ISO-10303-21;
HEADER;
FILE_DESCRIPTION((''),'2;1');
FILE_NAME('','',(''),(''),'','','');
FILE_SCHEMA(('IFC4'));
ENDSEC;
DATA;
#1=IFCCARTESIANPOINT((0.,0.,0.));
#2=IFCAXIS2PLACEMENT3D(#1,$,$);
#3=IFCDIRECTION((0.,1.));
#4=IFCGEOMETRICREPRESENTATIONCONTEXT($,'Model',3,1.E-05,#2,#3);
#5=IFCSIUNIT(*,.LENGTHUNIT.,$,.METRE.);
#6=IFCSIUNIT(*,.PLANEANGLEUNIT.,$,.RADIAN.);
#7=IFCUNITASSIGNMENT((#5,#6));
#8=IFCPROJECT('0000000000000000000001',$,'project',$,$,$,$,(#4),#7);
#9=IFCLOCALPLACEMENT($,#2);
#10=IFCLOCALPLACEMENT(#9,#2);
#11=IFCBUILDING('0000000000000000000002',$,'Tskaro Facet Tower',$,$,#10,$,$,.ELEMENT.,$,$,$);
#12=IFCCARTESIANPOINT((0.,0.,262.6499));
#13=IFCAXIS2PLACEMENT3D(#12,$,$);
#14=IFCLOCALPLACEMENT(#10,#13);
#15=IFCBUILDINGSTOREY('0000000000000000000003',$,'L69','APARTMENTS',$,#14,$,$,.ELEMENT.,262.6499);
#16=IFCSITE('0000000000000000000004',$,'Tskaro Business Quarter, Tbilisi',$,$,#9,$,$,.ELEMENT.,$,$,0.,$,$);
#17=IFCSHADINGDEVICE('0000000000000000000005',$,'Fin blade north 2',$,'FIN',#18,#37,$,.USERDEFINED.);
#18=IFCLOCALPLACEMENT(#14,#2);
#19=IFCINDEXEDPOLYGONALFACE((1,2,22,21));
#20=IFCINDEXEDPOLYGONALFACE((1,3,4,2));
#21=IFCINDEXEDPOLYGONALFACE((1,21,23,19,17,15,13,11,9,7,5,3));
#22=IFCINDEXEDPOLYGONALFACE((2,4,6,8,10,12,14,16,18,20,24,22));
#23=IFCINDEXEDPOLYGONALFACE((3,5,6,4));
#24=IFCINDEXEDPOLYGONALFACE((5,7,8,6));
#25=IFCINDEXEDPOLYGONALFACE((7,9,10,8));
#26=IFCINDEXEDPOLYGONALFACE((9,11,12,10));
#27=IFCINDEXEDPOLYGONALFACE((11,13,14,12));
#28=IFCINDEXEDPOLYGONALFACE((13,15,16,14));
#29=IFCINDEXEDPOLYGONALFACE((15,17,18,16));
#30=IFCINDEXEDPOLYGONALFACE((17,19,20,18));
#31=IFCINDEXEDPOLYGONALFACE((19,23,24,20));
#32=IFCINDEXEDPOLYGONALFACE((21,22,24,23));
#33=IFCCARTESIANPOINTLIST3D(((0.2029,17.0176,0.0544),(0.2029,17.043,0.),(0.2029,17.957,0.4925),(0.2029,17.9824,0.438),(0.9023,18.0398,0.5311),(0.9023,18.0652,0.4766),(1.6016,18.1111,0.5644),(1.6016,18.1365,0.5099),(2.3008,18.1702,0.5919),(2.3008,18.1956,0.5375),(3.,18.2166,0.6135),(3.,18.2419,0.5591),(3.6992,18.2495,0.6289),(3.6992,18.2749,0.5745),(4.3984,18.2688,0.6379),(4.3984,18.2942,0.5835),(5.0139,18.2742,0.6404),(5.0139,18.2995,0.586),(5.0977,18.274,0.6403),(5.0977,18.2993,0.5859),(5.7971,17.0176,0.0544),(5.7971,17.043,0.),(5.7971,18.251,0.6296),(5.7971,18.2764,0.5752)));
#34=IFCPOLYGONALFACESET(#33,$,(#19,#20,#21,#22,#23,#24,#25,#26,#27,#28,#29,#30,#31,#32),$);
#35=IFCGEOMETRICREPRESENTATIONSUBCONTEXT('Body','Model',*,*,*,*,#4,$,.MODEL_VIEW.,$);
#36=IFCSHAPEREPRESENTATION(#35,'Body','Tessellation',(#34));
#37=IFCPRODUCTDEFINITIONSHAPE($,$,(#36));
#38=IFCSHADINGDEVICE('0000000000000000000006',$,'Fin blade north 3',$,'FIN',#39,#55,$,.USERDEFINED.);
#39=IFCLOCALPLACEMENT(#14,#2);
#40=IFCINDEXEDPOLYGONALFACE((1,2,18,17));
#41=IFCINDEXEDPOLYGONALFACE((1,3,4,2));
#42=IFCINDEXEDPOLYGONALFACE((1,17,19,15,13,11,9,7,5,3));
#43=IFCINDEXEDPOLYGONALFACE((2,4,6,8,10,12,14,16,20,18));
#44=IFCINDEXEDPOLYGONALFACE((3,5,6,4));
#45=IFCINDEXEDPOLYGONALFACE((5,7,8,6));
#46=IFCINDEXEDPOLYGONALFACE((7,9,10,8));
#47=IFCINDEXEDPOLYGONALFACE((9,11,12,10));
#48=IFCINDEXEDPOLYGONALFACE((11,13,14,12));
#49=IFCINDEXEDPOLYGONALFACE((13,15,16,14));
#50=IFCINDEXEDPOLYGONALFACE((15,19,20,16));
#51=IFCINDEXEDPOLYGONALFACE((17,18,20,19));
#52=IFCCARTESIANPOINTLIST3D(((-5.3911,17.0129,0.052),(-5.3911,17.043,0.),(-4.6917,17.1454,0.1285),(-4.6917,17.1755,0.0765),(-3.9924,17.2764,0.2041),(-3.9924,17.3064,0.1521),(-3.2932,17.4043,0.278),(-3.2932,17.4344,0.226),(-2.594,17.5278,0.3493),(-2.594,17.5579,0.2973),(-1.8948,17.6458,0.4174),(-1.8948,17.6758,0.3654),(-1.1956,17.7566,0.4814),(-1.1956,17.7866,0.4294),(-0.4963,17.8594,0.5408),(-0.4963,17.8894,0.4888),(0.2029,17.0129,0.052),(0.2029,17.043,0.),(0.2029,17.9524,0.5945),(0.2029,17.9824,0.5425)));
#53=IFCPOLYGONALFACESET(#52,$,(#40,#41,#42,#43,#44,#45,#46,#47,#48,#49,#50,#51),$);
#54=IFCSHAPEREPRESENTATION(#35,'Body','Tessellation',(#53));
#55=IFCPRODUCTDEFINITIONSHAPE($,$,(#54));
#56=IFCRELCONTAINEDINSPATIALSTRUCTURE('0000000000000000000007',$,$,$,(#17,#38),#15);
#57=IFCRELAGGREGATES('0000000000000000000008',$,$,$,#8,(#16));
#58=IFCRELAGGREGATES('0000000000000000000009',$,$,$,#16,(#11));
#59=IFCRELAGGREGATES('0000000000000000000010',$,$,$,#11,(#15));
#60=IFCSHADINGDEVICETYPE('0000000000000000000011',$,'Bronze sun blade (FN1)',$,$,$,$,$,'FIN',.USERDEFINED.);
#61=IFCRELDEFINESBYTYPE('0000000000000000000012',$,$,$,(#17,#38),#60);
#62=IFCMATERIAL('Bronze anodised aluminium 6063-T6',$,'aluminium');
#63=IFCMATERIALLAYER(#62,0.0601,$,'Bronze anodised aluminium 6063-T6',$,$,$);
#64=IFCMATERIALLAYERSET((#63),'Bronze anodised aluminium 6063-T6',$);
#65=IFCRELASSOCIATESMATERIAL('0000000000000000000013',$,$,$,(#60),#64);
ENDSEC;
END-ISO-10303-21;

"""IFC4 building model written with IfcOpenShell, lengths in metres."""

from ifc_helpers import new_model, si_unit, direction, frame, origin, place, context, subcontext, project, spatial, polyline, outline, extrude, material, layer, layer_set, type_object, element, save


model = new_model("IFC4")

# Units and contexts
model_context = context("Model", 3, precision=1e-05, world=origin(), true_north=direction((0.0, 1.0)))
body_context = subcontext(model_context, "Body", "Model", "MODEL_VIEW")
ifc_project = project(units=[si_unit("LENGTHUNIT", "METRE"), si_unit("PLANEANGLEUNIT", "RADIAN")], contexts=[model_context])

# Site, building, storey
site_placement = place(None, origin())
site = spatial("IfcSite", under=ifc_project, at=site_placement, Name="Tskaro Business Quarter, Tbilisi", CompositionType="ELEMENT", RefElevation=0.0)
building_placement = place(site_placement, origin())
building = spatial("IfcBuilding", under=site, at=building_placement, Name="Tskaro Facet Tower", CompositionType="ELEMENT")
storey_placement = place(building_placement, frame((0.0, 0.0, 262.6499)))
storey = spatial("IfcBuildingStorey", under=building, at=storey_placement, Name="L69", Description="APARTMENTS", CompositionType="ELEMENT", Elevation=262.6499)

# Shared definitions
ifc_material_1 = material(Name="Bronze anodised aluminium 6063-T6", Category="aluminium")

# Shading devices
ifc_layer_1 = layer(ifc_material_1, 0.0601, Name="Bronze anodised aluminium 6063-T6")
ifc_layer_set_1 = layer_set([ifc_layer_1], Name="Bronze anodised aluminium 6063-T6")
shading_device_type = type_object("IfcShadingDeviceType", Name="Bronze sun blade (FN1)", ElementType="FIN", PredefinedType="USERDEFINED", material=ifc_layer_set_1)
shading_device_1_placement = place(storey_placement, frame((5.7971, 17.0176, 0.0544), z_axis=(-0.00001, -0.422633, 0.906301), x_axis=(-1.0, 0.000004, -0.000009)))
element("IfcShadingDevice", 1, at=shading_device_1_placement, inside=storey, type_object=shading_device_type, Name="Fin blade north 2", ObjectType="FIN", PredefinedType="USERDEFINED", context=body_context, shape_type="SweptSolid", body=[
    extrude(outline(polyline([(0.0, 0.0), (5.5942, 0.0), (5.5942, -1.0365), (4.8948, -1.1278), (4.1956, -1.2066), (3.4963, -1.2718), (2.7971, -1.3229), (2.0979, -1.3593), (1.3987, -1.3806), (0.7832, -1.3865), (0.6995, -1.3863), (0.0, -1.3609), (0.0, 0.0)])), origin(), (0.0, 0.0, -1.0), 0.0601),
])
shading_device_2_placement = place(storey_placement, frame((0.2029, 17.0129, 0.052), z_axis=(0.000002, -0.500072, 0.865984), x_axis=(-1.0, -0.000001, 0.000002)))
element("IfcShadingDevice", 2, at=shading_device_2_placement, inside=storey, type_object=shading_device_type, Name="Fin blade north 3", ObjectType="FIN", PredefinedType="USERDEFINED", context=body_context, shape_type="SweptSolid", body=[
    extrude(outline(polyline([(0.0, 0.0), (5.594, 0.0), (4.8945, -0.153), (4.1953, -0.3042), (3.4961, -0.452), (2.7969, -0.5946), (2.0977, -0.7308), (1.3984, -0.8587), (0.6992, -0.9774), (0.0, -1.0848), (0.0, 0.0)])), origin(), (0.0, 0.0, -1.0), 0.0601),
])

save(model, "model.ifc")
